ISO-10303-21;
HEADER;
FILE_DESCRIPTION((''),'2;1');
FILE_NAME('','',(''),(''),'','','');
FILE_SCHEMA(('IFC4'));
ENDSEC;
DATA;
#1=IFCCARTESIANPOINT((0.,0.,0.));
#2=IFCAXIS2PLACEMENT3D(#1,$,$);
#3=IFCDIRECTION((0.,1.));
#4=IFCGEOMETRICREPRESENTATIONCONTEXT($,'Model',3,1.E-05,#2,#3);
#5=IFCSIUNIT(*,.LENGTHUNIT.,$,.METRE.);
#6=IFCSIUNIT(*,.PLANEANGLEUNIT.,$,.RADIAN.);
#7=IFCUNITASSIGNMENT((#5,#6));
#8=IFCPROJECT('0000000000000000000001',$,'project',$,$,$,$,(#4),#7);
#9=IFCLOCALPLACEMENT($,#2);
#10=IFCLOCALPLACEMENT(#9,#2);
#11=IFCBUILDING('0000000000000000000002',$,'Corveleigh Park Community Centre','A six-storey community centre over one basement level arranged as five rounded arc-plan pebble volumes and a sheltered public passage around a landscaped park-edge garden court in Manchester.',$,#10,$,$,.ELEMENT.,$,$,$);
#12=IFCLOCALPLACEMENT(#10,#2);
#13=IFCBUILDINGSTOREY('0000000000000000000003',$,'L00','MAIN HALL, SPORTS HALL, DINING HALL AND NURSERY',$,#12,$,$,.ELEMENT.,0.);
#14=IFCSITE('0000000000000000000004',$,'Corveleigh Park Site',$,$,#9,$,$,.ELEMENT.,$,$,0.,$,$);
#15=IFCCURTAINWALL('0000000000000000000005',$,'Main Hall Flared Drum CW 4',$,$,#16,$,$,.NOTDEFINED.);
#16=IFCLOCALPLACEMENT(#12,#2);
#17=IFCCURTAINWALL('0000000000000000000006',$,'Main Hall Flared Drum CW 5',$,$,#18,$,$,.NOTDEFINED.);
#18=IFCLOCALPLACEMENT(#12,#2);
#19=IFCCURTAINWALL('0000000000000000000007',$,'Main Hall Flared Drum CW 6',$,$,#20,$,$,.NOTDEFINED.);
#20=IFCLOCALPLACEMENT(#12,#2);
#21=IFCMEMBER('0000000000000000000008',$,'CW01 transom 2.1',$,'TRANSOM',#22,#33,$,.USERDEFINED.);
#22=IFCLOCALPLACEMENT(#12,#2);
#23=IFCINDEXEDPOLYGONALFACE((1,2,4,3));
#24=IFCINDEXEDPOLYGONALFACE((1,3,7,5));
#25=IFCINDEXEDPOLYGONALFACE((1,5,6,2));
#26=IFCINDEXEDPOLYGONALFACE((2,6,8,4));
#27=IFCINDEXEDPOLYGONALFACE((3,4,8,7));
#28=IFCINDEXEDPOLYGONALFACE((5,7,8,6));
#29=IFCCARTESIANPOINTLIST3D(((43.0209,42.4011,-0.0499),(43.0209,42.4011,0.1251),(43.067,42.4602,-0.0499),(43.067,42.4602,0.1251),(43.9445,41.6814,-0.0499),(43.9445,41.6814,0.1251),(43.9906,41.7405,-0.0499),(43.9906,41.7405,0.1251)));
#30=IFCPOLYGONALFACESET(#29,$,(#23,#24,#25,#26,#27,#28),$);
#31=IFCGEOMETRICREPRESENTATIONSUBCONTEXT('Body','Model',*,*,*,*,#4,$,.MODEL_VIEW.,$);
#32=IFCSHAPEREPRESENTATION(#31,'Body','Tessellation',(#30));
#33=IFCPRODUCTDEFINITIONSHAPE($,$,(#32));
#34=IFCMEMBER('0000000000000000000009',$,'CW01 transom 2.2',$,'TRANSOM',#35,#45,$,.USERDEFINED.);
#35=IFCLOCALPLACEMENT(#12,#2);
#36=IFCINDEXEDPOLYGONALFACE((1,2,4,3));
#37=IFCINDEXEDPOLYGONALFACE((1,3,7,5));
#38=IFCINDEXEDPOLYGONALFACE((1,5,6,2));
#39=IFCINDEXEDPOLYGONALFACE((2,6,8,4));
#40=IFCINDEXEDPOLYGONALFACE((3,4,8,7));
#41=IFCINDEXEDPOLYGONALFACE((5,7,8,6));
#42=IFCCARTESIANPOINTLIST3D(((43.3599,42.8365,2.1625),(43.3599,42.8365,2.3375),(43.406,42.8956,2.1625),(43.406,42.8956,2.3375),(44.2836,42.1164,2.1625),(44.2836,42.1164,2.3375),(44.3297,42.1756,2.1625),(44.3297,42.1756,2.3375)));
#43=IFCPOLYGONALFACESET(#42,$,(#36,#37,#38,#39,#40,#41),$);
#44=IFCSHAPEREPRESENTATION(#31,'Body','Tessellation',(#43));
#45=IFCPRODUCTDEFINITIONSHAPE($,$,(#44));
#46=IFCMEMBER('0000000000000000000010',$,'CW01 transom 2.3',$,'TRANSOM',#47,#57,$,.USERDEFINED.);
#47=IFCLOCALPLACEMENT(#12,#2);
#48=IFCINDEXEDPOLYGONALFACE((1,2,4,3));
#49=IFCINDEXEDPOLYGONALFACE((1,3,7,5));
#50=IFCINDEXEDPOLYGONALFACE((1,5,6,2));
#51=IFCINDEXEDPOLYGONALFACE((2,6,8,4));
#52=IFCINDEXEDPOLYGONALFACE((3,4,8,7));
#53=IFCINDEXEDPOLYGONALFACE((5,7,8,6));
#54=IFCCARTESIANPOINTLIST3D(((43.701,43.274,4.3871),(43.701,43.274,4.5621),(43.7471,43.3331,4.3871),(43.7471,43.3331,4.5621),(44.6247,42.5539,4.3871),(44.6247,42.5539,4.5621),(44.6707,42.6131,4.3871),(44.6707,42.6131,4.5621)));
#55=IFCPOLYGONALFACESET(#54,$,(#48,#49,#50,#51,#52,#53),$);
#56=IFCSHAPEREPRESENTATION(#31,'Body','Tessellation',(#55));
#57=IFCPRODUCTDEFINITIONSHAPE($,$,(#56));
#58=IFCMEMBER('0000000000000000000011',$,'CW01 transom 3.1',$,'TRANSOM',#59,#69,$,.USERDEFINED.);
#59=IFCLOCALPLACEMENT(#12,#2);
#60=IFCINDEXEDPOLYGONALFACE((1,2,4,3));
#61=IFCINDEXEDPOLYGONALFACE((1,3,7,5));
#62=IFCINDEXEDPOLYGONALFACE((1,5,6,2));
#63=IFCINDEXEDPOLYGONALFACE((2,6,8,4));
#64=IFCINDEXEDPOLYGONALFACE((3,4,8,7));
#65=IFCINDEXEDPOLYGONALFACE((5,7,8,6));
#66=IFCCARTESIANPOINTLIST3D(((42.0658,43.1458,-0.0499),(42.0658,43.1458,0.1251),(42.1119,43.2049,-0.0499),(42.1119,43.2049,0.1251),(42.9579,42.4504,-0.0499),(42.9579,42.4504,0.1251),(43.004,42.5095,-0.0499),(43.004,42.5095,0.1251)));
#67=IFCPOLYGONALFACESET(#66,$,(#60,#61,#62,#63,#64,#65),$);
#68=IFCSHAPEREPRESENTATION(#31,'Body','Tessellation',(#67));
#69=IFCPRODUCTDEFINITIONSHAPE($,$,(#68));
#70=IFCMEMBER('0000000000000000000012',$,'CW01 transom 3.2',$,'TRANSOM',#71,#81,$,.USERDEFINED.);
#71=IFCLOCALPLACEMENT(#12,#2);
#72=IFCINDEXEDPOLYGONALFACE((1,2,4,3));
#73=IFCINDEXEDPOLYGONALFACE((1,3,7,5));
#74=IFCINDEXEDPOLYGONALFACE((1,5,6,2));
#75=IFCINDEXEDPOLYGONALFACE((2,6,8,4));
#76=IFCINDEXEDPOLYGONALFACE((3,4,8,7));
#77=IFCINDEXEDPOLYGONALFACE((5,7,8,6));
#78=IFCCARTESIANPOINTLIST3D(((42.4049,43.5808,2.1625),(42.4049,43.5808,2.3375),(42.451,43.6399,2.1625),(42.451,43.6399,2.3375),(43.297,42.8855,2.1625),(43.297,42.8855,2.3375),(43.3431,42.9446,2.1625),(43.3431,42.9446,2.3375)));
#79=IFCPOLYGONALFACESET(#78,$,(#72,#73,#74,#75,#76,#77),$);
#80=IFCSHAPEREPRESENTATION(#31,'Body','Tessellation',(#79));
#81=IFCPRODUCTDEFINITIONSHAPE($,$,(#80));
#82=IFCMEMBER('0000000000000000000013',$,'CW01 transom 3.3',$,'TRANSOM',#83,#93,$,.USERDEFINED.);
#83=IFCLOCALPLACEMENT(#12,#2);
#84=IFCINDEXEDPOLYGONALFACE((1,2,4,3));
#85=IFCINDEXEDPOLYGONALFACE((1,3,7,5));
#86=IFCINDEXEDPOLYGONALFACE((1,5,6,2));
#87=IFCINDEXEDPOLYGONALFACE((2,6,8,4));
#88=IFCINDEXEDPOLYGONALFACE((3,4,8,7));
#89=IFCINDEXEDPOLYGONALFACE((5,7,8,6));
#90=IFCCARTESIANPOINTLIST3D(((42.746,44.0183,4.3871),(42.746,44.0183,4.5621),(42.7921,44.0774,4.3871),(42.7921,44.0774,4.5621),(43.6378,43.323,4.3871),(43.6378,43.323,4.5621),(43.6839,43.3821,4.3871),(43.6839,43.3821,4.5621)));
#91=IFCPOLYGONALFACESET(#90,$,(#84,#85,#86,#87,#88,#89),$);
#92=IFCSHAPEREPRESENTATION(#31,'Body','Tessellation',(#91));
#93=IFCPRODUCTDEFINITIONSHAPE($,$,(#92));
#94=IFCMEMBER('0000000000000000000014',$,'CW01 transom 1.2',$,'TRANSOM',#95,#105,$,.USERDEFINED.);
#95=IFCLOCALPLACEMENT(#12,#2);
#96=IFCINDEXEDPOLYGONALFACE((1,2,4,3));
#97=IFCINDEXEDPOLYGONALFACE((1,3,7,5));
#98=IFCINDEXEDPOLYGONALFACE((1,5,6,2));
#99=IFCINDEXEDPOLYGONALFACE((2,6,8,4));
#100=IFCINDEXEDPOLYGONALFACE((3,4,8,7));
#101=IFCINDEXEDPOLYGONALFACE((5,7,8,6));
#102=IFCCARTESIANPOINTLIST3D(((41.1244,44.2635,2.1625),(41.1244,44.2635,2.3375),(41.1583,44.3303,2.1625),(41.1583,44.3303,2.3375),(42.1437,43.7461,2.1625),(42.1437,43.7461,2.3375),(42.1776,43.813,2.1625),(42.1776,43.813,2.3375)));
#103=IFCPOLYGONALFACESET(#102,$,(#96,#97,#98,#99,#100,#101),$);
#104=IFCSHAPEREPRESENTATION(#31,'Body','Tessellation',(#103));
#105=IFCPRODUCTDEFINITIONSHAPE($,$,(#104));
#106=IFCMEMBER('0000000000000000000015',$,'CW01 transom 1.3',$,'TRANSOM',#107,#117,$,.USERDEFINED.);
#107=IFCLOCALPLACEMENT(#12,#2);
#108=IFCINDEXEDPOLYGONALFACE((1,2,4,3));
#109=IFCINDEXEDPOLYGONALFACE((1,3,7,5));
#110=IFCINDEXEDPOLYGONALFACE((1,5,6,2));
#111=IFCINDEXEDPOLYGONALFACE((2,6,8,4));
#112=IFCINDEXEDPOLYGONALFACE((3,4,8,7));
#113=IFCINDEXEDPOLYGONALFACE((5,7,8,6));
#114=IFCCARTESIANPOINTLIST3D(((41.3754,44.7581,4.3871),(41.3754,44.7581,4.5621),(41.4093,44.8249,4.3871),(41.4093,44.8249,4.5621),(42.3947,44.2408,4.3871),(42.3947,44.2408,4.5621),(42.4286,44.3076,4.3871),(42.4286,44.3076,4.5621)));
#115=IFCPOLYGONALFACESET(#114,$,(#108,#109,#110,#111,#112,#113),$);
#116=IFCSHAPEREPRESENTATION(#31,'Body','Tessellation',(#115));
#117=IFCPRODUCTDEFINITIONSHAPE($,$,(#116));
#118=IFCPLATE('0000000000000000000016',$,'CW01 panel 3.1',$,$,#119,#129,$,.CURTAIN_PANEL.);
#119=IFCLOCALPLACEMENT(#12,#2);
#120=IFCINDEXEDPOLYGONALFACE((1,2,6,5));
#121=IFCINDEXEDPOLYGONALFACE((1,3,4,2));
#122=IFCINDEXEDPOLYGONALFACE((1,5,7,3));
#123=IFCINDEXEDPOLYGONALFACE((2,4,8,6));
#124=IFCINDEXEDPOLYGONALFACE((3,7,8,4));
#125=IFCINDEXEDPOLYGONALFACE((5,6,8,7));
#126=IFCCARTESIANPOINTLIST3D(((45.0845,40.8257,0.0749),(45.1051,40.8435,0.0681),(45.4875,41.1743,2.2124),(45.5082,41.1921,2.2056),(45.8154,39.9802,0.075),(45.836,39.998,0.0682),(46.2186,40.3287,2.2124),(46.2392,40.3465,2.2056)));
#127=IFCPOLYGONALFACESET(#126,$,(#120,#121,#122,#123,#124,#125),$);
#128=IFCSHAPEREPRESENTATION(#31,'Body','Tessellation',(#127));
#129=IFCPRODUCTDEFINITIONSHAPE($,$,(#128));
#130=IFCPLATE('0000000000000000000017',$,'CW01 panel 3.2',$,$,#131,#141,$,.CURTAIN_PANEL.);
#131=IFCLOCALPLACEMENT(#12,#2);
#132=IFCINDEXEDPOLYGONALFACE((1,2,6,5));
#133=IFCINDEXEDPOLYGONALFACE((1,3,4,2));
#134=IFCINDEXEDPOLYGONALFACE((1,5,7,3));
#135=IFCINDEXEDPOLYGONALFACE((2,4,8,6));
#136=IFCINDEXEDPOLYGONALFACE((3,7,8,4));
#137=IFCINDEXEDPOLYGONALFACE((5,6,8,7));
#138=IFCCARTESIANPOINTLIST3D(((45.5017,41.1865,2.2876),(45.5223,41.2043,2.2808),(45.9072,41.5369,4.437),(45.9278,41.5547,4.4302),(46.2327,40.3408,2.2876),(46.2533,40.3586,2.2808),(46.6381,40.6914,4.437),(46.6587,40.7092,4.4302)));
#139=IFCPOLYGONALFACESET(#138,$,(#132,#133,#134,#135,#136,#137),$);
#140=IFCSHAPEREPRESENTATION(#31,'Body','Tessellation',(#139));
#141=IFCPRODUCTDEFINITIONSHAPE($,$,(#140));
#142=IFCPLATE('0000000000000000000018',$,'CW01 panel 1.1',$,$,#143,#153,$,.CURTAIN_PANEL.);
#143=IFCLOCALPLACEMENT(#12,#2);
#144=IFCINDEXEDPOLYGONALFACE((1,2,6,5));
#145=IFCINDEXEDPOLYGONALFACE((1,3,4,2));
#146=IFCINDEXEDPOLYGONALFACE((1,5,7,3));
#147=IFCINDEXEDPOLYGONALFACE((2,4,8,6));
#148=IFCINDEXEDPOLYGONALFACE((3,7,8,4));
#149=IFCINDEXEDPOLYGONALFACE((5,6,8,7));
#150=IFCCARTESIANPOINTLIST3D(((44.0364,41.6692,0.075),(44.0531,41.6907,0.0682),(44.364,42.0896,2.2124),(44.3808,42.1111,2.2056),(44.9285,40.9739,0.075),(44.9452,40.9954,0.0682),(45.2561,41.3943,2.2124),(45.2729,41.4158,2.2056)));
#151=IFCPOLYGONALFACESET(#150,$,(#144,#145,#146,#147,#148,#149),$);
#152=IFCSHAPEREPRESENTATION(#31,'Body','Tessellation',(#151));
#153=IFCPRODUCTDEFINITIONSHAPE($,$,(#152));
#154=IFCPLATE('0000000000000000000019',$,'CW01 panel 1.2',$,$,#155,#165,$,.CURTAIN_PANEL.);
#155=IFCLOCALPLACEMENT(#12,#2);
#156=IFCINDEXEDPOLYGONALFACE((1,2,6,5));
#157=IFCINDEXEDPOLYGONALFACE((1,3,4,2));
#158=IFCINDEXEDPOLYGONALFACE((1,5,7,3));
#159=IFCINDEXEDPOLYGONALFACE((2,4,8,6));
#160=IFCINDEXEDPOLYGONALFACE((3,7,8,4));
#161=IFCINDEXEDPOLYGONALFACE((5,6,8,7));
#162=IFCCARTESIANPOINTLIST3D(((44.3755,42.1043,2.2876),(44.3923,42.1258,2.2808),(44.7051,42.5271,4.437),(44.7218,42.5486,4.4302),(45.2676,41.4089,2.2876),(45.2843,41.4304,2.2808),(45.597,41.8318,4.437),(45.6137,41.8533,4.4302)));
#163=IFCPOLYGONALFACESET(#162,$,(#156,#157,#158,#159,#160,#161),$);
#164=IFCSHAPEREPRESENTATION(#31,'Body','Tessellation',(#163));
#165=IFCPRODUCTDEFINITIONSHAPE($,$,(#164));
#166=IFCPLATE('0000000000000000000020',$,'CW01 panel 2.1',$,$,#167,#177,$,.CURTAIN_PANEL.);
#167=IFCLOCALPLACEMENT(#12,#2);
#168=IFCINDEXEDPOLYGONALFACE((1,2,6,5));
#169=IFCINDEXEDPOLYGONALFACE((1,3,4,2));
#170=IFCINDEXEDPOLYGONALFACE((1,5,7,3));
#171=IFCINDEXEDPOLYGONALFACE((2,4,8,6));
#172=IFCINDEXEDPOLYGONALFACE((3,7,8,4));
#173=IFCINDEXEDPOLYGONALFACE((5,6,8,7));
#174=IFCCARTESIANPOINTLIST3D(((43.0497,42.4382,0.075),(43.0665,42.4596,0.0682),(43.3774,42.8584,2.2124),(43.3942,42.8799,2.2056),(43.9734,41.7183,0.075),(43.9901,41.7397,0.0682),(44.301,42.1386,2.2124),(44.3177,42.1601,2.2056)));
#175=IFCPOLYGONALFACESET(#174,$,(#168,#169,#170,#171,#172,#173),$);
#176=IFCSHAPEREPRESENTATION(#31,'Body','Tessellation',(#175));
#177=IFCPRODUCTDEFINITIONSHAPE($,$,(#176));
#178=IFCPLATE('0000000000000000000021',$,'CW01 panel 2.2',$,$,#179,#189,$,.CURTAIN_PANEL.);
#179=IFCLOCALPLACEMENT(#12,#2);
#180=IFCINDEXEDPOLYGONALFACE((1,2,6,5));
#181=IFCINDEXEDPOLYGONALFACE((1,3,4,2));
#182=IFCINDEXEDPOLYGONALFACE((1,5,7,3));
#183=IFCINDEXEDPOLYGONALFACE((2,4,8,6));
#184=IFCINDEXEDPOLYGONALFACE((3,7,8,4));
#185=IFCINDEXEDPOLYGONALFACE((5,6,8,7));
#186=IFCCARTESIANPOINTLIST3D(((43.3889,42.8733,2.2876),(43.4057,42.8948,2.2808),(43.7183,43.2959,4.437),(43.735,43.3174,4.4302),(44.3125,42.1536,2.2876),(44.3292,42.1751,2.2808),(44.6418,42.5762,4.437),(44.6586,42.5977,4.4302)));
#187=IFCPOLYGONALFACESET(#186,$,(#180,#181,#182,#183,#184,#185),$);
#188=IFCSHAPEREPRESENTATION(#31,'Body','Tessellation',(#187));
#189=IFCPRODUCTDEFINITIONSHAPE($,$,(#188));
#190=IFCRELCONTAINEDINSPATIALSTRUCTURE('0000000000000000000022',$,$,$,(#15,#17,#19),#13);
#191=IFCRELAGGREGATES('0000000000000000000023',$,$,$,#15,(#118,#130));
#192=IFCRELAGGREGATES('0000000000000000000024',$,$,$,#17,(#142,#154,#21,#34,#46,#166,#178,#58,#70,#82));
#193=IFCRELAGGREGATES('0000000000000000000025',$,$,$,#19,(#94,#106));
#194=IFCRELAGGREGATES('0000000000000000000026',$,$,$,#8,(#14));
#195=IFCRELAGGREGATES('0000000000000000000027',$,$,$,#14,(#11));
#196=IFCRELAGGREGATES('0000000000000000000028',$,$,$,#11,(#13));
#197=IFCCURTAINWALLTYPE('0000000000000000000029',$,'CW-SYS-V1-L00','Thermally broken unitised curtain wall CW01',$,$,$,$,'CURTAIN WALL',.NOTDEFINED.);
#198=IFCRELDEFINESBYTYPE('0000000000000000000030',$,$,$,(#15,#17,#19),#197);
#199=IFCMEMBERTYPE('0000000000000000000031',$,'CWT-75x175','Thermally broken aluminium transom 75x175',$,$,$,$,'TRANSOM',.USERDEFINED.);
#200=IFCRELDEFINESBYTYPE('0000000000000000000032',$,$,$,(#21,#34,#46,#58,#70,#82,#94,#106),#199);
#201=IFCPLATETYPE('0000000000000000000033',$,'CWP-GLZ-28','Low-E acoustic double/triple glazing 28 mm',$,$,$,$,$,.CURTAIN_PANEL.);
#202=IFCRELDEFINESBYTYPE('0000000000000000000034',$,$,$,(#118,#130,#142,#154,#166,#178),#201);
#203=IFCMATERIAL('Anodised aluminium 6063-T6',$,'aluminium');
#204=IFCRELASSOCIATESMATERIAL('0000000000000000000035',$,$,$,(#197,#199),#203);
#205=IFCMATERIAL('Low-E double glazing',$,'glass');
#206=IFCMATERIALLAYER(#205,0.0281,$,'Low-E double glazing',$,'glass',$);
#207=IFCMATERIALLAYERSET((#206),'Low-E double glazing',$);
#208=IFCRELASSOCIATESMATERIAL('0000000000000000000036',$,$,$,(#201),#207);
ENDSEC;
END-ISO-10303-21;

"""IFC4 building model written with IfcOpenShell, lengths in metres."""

from ifc_helpers import new_model, si_unit, direction, frame, origin, origin_2d, place, context, subcontext, project, spatial, polyline, rectangle, outline, extrude, material, layer, layer_set, material_profile, profile_set, type_object, element, aggregate, save


model = new_model("IFC4")

# Units and contexts
model_context = context("Model", 3, precision=1e-05, world=origin(), true_north=direction((0.0, 1.0)))
body_context = subcontext(model_context, "Body", "Model", "MODEL_VIEW")
ifc_project = project(units=[si_unit("LENGTHUNIT", "METRE"), si_unit("PLANEANGLEUNIT", "RADIAN")], contexts=[model_context])

# Site, building, storey
site_placement = place(None, origin())
site = spatial("IfcSite", under=ifc_project, at=site_placement, Name="Corveleigh Park Site", CompositionType="ELEMENT", RefElevation=0.0)
building_placement = place(site_placement, origin())
building = spatial("IfcBuilding", under=site, at=building_placement, Name="Corveleigh Park Community Centre", Description="A six-storey community centre over one basement level arranged as five rounded arc-plan pebble volumes and a sheltered public passage around a landscaped park-edge garden court in Manchester.", CompositionType="ELEMENT")
storey_placement = place(building_placement, origin())
storey = spatial("IfcBuildingStorey", under=building, at=storey_placement, Name="L00", Description="MAIN HALL, SPORTS HALL, DINING HALL AND NURSERY", CompositionType="ELEMENT", Elevation=0.0)

# Curtain walls
ifc_material_1 = material(Name="Anodised aluminium 6063-T6", Category="aluminium")
curtain_wall_type = type_object("IfcCurtainWallType", Name="CW-SYS-V1-L00", Description="Thermally broken unitised curtain wall CW01", ElementType="CURTAIN WALL", PredefinedType="NOTDEFINED", material=ifc_material_1)
curtain_wall_1_placement = place(storey_placement, origin())
curtain_wall_1 = element("IfcCurtainWall", 1, at=curtain_wall_1_placement, inside=storey, type_object=curtain_wall_type, Name="Main Hall Flared Drum CW 4", PredefinedType="NOTDEFINED")
curtain_wall_2_placement = place(storey_placement, origin())
curtain_wall_2 = element("IfcCurtainWall", 2, at=curtain_wall_2_placement, inside=storey, type_object=curtain_wall_type, Name="Main Hall Flared Drum CW 5", PredefinedType="NOTDEFINED")

# Curtain wall
curtain_wall_3_placement = place(storey_placement, origin())
curtain_wall_3 = element("IfcCurtainWall", 3, at=curtain_wall_3_placement, inside=storey, type_object=curtain_wall_type, Name="Main Hall Flared Drum CW 6", PredefinedType="NOTDEFINED")

# Members
ifc_material_profile_1 = material_profile(ifc_material_1, rectangle(XDim=0.075, YDim=0.175, at=origin_2d()), Name="ALU-T75x175", Category="aluminium")
ifc_profile_set_1 = profile_set([ifc_material_profile_1], Name="Anodised aluminium 6063-T6")
member_type_1 = type_object("IfcMemberType", Name="CWT-75x175", Description="Thermally broken aluminium transom 75x175", ElementType="TRANSOM", PredefinedType="USERDEFINED", material=ifc_profile_set_1)
member_1_placement = place(storey_placement, frame((43.9675, 41.7109, 0.0376), z_axis=(-0.788779, 0.614677, 0.0), x_axis=(-0.614677, -0.788779, 0.0)))
member_1 = element("IfcMember", 4, at=member_1_placement, type_object=member_type_1, Name="CW01 transom 2.1", ObjectType="TRANSOM", PredefinedType="USERDEFINED", context=body_context, shape_type="SweptSolid", body=[
    extrude(rectangle(XDim=0.075, YDim=0.175, at=origin_2d()), origin(), (0.0, 0.0, 1.0), 1.1709),
])
member_2_placement = place(storey_placement, frame((44.3066, 42.146, 2.25), z_axis=(-0.788678, 0.614806, 0.0), x_axis=(-0.614806, -0.788678, 0.0)))
member_2 = element("IfcMember", 5, at=member_2_placement, type_object=member_type_1, Name="CW01 transom 2.2", ObjectType="TRANSOM", PredefinedType="USERDEFINED", context=body_context, shape_type="SweptSolid", body=[
    extrude(rectangle(XDim=0.075, YDim=0.175, at=origin_2d()), origin(), (0.0, 0.0, 1.0), 1.1711),
])
member_3_placement = place(storey_placement, frame((44.6477, 42.5835, 4.4746), z_axis=(-0.788678, 0.614806, 0.0), x_axis=(-0.614806, -0.788678, 0.0)))
member_3 = element("IfcMember", 6, at=member_3_placement, type_object=member_type_1, Name="CW01 transom 2.3", ObjectType="TRANSOM", PredefinedType="USERDEFINED", context=body_context, shape_type="SweptSolid", body=[
    extrude(rectangle(XDim=0.075, YDim=0.175, at=origin_2d()), origin(), (0.0, 0.0, 1.0), 1.1711),
])
member_4_placement = place(storey_placement, frame((42.981, 42.48, 0.0376), z_axis=(-0.788724, 0.614747, 0.0), x_axis=(-0.614747, -0.788724, 0.0)))
member_4 = element("IfcMember", 7, at=member_4_placement, type_object=member_type_1, Name="CW01 transom 3.1", ObjectType="TRANSOM", PredefinedType="USERDEFINED", context=body_context, shape_type="SweptSolid", body=[
    extrude(rectangle(XDim=0.075, YDim=0.175, at=origin_2d()), origin(), (0.0, 0.0, 1.0), 1.1311),
])
member_5_placement = place(storey_placement, frame((43.3201, 42.915, 2.25), z_axis=(-0.788724, 0.614747, 0.0), x_axis=(-0.614747, -0.788724, 0.0)))
member_5 = element("IfcMember", 8, at=member_5_placement, type_object=member_type_1, Name="CW01 transom 3.2", ObjectType="TRANSOM", PredefinedType="USERDEFINED", context=body_context, shape_type="SweptSolid", body=[
    extrude(rectangle(XDim=0.075, YDim=0.175, at=origin_2d()), origin(), (0.0, 0.0, 1.0), 1.1311),
])
member_6_placement = place(storey_placement, frame((43.6609, 43.3525, 4.4746), z_axis=(-0.788643, 0.614852, 0.0), x_axis=(-0.614852, -0.788643, 0.0)))
member_6 = element("IfcMember", 9, at=member_6_placement, type_object=member_type_1, Name="CW01 transom 3.3", ObjectType="TRANSOM", PredefinedType="USERDEFINED", context=body_context, shape_type="SweptSolid", body=[
    extrude(rectangle(XDim=0.075, YDim=0.175, at=origin_2d()), origin(), (0.0, 0.0, 1.0), 1.1309),
])
member_7_placement = place(storey_placement, frame((42.1606, 43.7795, 2.25), z_axis=(-0.89172, 0.452588, 0.0), x_axis=(-0.452588, -0.89172, 0.0)))
member_7 = element("IfcMember", 10, at=member_7_placement, type_object=member_type_1, Name="CW01 transom 1.2", ObjectType="TRANSOM", PredefinedType="USERDEFINED", context=body_context, shape_type="SweptSolid", body=[
    extrude(rectangle(XDim=0.075, YDim=0.175, at=origin_2d()), origin(), (0.0, 0.0, 1.0), 1.1431),
])
member_8_placement = place(storey_placement, frame((42.4116, 44.2742, 4.4746), z_axis=(-0.89172, 0.452588, 0.0), x_axis=(-0.452588, -0.89172, 0.0)))
member_8 = element("IfcMember", 11, at=member_8_placement, type_object=member_type_1, Name="CW01 transom 1.3", ObjectType="TRANSOM", PredefinedType="USERDEFINED", context=body_context, shape_type="SweptSolid", body=[
    extrude(rectangle(XDim=0.075, YDim=0.175, at=origin_2d()), origin(), (0.0, 0.0, 1.0), 1.1431),
])

# Plates
ifc_material_2 = material(Name="Low-E double glazing", Category="glass")
ifc_layer = layer(ifc_material_2, 0.0281, Name="Low-E double glazing", Category="glass")
ifc_layer_set = layer_set([ifc_layer], Name="Low-E double glazing")
plate_type = type_object("IfcPlateType", Name="CWP-GLZ-28", Description="Low-E acoustic double/triple glazing 28 mm", PredefinedType="CURTAIN_PANEL", material=ifc_layer_set)
plate_1_placement = place(storey_placement, frame((45.8154, 39.9802, 0.075), z_axis=(-0.734055, -0.634549, 0.24189), x_axis=(-0.653973, 0.756518, -0.000017)))
plate_1 = element("IfcPlate", 12, at=plate_1_placement, type_object=plate_type, Name="CW01 panel 3.1", PredefinedType="CURTAIN_PANEL", context=body_context, shape_type="SweptSolid", body=[
    extrude(outline(polyline([(0.0, 0.0), (1.1176, 0.0), (1.1177, -2.2029), (-0.0001, -2.2028), (0.0, 0.0)])), origin(), (0.0, 0.0, -1.0), 0.0281),
])
plate_2_placement = place(storey_placement, frame((46.2327, 40.3408, 2.2876), z_axis=(-0.734044, -0.634539, 0.24195), x_axis=(-0.653966, 0.756524, 0.000017)))
plate_2 = element("IfcPlate", 13, at=plate_2_placement, type_object=plate_type, Name="CW01 panel 3.2", PredefinedType="CURTAIN_PANEL", context=body_context, shape_type="SweptSolid", body=[
    extrude(outline(polyline([(0.0, 0.0), (1.1178, 0.0), (1.1177, -2.2152), (0.0001, -2.2153), (0.0, 0.0)])), origin(), (0.0, 0.0, -1.0), 0.0281),
])
aggregate(curtain_wall_1, [plate_1, plate_2])
plate_3_placement = place(storey_placement, frame((44.9285, 40.9739, 0.075), z_axis=(-0.596482, -0.765289, 0.241954), x_axis=(-0.788724, 0.614747, 0.0)))
plate_3 = element("IfcPlate", 14, at=plate_3_placement, type_object=plate_type, Name="CW01 panel 1.1", PredefinedType="CURTAIN_PANEL", context=body_context, shape_type="SweptSolid", body=[
    extrude(outline(polyline([(0.0, 0.0), (1.1311, 0.0), (1.1311, -2.2029), (0.0, -2.2029), (0.0, 0.0)])), origin(), (0.0, 0.0, -1.0), 0.0281),
])
plate_4_placement = place(storey_placement, frame((45.2676, 41.4089, 2.2876), z_axis=(-0.596528, -0.765244, 0.241983), x_axis=(-0.788686, 0.614797, -0.000016)))
plate_4 = element("IfcPlate", 15, at=plate_4_placement, type_object=plate_type, Name="CW01 panel 1.2", PredefinedType="CURTAIN_PANEL", context=body_context, shape_type="SweptSolid", body=[
    extrude(outline(polyline([(0.0, 0.0), (1.1311, 0.0), (1.131, -2.2153), (0.0002, -2.2152), (0.0, 0.0)])), origin(), (0.0, 0.0, -1.0), 0.0281),
])
plate_5_placement = place(storey_placement, frame((43.9734, 41.7183, 0.075), z_axis=(-0.596482, -0.765302, 0.241913), x_axis=(-0.788726, 0.614745, 0.000019)))
plate_5 = element("IfcPlate", 16, at=plate_5_placement, type_object=plate_type, Name="CW01 panel 2.1", PredefinedType="CURTAIN_PANEL", context=body_context, shape_type="SweptSolid", body=[
    extrude(outline(polyline([(0.0, 0.0), (1.1711, 0.0), (1.171, -2.2029), (0.0001, -2.2029), (0.0, 0.0)])), origin(), (0.0, 0.0, -1.0), 0.0281),
])
plate_6_placement = place(storey_placement, frame((44.3125, 42.1536, 2.2876), z_axis=(-0.596426, -0.76536, 0.241869), x_axis=(-0.788779, 0.614677, 0.0)))
plate_6 = element("IfcPlate", 17, at=plate_6_placement, type_object=plate_type, Name="CW01 panel 2.2", PredefinedType="CURTAIN_PANEL", context=body_context, shape_type="SweptSolid", body=[
    extrude(outline(polyline([(0.0, 0.0), (1.1709, 0.0), (1.1709, -2.2152), (0.0, -2.2152), (0.0, 0.0)])), origin(), (0.0, 0.0, -1.0), 0.0281),
])
aggregate(curtain_wall_2, [plate_3, plate_4, member_1, member_2, member_3, plate_5, plate_6, member_4, member_5, member_6])
aggregate(curtain_wall_3, [member_7, member_8])

save(model, "model.ifc")
